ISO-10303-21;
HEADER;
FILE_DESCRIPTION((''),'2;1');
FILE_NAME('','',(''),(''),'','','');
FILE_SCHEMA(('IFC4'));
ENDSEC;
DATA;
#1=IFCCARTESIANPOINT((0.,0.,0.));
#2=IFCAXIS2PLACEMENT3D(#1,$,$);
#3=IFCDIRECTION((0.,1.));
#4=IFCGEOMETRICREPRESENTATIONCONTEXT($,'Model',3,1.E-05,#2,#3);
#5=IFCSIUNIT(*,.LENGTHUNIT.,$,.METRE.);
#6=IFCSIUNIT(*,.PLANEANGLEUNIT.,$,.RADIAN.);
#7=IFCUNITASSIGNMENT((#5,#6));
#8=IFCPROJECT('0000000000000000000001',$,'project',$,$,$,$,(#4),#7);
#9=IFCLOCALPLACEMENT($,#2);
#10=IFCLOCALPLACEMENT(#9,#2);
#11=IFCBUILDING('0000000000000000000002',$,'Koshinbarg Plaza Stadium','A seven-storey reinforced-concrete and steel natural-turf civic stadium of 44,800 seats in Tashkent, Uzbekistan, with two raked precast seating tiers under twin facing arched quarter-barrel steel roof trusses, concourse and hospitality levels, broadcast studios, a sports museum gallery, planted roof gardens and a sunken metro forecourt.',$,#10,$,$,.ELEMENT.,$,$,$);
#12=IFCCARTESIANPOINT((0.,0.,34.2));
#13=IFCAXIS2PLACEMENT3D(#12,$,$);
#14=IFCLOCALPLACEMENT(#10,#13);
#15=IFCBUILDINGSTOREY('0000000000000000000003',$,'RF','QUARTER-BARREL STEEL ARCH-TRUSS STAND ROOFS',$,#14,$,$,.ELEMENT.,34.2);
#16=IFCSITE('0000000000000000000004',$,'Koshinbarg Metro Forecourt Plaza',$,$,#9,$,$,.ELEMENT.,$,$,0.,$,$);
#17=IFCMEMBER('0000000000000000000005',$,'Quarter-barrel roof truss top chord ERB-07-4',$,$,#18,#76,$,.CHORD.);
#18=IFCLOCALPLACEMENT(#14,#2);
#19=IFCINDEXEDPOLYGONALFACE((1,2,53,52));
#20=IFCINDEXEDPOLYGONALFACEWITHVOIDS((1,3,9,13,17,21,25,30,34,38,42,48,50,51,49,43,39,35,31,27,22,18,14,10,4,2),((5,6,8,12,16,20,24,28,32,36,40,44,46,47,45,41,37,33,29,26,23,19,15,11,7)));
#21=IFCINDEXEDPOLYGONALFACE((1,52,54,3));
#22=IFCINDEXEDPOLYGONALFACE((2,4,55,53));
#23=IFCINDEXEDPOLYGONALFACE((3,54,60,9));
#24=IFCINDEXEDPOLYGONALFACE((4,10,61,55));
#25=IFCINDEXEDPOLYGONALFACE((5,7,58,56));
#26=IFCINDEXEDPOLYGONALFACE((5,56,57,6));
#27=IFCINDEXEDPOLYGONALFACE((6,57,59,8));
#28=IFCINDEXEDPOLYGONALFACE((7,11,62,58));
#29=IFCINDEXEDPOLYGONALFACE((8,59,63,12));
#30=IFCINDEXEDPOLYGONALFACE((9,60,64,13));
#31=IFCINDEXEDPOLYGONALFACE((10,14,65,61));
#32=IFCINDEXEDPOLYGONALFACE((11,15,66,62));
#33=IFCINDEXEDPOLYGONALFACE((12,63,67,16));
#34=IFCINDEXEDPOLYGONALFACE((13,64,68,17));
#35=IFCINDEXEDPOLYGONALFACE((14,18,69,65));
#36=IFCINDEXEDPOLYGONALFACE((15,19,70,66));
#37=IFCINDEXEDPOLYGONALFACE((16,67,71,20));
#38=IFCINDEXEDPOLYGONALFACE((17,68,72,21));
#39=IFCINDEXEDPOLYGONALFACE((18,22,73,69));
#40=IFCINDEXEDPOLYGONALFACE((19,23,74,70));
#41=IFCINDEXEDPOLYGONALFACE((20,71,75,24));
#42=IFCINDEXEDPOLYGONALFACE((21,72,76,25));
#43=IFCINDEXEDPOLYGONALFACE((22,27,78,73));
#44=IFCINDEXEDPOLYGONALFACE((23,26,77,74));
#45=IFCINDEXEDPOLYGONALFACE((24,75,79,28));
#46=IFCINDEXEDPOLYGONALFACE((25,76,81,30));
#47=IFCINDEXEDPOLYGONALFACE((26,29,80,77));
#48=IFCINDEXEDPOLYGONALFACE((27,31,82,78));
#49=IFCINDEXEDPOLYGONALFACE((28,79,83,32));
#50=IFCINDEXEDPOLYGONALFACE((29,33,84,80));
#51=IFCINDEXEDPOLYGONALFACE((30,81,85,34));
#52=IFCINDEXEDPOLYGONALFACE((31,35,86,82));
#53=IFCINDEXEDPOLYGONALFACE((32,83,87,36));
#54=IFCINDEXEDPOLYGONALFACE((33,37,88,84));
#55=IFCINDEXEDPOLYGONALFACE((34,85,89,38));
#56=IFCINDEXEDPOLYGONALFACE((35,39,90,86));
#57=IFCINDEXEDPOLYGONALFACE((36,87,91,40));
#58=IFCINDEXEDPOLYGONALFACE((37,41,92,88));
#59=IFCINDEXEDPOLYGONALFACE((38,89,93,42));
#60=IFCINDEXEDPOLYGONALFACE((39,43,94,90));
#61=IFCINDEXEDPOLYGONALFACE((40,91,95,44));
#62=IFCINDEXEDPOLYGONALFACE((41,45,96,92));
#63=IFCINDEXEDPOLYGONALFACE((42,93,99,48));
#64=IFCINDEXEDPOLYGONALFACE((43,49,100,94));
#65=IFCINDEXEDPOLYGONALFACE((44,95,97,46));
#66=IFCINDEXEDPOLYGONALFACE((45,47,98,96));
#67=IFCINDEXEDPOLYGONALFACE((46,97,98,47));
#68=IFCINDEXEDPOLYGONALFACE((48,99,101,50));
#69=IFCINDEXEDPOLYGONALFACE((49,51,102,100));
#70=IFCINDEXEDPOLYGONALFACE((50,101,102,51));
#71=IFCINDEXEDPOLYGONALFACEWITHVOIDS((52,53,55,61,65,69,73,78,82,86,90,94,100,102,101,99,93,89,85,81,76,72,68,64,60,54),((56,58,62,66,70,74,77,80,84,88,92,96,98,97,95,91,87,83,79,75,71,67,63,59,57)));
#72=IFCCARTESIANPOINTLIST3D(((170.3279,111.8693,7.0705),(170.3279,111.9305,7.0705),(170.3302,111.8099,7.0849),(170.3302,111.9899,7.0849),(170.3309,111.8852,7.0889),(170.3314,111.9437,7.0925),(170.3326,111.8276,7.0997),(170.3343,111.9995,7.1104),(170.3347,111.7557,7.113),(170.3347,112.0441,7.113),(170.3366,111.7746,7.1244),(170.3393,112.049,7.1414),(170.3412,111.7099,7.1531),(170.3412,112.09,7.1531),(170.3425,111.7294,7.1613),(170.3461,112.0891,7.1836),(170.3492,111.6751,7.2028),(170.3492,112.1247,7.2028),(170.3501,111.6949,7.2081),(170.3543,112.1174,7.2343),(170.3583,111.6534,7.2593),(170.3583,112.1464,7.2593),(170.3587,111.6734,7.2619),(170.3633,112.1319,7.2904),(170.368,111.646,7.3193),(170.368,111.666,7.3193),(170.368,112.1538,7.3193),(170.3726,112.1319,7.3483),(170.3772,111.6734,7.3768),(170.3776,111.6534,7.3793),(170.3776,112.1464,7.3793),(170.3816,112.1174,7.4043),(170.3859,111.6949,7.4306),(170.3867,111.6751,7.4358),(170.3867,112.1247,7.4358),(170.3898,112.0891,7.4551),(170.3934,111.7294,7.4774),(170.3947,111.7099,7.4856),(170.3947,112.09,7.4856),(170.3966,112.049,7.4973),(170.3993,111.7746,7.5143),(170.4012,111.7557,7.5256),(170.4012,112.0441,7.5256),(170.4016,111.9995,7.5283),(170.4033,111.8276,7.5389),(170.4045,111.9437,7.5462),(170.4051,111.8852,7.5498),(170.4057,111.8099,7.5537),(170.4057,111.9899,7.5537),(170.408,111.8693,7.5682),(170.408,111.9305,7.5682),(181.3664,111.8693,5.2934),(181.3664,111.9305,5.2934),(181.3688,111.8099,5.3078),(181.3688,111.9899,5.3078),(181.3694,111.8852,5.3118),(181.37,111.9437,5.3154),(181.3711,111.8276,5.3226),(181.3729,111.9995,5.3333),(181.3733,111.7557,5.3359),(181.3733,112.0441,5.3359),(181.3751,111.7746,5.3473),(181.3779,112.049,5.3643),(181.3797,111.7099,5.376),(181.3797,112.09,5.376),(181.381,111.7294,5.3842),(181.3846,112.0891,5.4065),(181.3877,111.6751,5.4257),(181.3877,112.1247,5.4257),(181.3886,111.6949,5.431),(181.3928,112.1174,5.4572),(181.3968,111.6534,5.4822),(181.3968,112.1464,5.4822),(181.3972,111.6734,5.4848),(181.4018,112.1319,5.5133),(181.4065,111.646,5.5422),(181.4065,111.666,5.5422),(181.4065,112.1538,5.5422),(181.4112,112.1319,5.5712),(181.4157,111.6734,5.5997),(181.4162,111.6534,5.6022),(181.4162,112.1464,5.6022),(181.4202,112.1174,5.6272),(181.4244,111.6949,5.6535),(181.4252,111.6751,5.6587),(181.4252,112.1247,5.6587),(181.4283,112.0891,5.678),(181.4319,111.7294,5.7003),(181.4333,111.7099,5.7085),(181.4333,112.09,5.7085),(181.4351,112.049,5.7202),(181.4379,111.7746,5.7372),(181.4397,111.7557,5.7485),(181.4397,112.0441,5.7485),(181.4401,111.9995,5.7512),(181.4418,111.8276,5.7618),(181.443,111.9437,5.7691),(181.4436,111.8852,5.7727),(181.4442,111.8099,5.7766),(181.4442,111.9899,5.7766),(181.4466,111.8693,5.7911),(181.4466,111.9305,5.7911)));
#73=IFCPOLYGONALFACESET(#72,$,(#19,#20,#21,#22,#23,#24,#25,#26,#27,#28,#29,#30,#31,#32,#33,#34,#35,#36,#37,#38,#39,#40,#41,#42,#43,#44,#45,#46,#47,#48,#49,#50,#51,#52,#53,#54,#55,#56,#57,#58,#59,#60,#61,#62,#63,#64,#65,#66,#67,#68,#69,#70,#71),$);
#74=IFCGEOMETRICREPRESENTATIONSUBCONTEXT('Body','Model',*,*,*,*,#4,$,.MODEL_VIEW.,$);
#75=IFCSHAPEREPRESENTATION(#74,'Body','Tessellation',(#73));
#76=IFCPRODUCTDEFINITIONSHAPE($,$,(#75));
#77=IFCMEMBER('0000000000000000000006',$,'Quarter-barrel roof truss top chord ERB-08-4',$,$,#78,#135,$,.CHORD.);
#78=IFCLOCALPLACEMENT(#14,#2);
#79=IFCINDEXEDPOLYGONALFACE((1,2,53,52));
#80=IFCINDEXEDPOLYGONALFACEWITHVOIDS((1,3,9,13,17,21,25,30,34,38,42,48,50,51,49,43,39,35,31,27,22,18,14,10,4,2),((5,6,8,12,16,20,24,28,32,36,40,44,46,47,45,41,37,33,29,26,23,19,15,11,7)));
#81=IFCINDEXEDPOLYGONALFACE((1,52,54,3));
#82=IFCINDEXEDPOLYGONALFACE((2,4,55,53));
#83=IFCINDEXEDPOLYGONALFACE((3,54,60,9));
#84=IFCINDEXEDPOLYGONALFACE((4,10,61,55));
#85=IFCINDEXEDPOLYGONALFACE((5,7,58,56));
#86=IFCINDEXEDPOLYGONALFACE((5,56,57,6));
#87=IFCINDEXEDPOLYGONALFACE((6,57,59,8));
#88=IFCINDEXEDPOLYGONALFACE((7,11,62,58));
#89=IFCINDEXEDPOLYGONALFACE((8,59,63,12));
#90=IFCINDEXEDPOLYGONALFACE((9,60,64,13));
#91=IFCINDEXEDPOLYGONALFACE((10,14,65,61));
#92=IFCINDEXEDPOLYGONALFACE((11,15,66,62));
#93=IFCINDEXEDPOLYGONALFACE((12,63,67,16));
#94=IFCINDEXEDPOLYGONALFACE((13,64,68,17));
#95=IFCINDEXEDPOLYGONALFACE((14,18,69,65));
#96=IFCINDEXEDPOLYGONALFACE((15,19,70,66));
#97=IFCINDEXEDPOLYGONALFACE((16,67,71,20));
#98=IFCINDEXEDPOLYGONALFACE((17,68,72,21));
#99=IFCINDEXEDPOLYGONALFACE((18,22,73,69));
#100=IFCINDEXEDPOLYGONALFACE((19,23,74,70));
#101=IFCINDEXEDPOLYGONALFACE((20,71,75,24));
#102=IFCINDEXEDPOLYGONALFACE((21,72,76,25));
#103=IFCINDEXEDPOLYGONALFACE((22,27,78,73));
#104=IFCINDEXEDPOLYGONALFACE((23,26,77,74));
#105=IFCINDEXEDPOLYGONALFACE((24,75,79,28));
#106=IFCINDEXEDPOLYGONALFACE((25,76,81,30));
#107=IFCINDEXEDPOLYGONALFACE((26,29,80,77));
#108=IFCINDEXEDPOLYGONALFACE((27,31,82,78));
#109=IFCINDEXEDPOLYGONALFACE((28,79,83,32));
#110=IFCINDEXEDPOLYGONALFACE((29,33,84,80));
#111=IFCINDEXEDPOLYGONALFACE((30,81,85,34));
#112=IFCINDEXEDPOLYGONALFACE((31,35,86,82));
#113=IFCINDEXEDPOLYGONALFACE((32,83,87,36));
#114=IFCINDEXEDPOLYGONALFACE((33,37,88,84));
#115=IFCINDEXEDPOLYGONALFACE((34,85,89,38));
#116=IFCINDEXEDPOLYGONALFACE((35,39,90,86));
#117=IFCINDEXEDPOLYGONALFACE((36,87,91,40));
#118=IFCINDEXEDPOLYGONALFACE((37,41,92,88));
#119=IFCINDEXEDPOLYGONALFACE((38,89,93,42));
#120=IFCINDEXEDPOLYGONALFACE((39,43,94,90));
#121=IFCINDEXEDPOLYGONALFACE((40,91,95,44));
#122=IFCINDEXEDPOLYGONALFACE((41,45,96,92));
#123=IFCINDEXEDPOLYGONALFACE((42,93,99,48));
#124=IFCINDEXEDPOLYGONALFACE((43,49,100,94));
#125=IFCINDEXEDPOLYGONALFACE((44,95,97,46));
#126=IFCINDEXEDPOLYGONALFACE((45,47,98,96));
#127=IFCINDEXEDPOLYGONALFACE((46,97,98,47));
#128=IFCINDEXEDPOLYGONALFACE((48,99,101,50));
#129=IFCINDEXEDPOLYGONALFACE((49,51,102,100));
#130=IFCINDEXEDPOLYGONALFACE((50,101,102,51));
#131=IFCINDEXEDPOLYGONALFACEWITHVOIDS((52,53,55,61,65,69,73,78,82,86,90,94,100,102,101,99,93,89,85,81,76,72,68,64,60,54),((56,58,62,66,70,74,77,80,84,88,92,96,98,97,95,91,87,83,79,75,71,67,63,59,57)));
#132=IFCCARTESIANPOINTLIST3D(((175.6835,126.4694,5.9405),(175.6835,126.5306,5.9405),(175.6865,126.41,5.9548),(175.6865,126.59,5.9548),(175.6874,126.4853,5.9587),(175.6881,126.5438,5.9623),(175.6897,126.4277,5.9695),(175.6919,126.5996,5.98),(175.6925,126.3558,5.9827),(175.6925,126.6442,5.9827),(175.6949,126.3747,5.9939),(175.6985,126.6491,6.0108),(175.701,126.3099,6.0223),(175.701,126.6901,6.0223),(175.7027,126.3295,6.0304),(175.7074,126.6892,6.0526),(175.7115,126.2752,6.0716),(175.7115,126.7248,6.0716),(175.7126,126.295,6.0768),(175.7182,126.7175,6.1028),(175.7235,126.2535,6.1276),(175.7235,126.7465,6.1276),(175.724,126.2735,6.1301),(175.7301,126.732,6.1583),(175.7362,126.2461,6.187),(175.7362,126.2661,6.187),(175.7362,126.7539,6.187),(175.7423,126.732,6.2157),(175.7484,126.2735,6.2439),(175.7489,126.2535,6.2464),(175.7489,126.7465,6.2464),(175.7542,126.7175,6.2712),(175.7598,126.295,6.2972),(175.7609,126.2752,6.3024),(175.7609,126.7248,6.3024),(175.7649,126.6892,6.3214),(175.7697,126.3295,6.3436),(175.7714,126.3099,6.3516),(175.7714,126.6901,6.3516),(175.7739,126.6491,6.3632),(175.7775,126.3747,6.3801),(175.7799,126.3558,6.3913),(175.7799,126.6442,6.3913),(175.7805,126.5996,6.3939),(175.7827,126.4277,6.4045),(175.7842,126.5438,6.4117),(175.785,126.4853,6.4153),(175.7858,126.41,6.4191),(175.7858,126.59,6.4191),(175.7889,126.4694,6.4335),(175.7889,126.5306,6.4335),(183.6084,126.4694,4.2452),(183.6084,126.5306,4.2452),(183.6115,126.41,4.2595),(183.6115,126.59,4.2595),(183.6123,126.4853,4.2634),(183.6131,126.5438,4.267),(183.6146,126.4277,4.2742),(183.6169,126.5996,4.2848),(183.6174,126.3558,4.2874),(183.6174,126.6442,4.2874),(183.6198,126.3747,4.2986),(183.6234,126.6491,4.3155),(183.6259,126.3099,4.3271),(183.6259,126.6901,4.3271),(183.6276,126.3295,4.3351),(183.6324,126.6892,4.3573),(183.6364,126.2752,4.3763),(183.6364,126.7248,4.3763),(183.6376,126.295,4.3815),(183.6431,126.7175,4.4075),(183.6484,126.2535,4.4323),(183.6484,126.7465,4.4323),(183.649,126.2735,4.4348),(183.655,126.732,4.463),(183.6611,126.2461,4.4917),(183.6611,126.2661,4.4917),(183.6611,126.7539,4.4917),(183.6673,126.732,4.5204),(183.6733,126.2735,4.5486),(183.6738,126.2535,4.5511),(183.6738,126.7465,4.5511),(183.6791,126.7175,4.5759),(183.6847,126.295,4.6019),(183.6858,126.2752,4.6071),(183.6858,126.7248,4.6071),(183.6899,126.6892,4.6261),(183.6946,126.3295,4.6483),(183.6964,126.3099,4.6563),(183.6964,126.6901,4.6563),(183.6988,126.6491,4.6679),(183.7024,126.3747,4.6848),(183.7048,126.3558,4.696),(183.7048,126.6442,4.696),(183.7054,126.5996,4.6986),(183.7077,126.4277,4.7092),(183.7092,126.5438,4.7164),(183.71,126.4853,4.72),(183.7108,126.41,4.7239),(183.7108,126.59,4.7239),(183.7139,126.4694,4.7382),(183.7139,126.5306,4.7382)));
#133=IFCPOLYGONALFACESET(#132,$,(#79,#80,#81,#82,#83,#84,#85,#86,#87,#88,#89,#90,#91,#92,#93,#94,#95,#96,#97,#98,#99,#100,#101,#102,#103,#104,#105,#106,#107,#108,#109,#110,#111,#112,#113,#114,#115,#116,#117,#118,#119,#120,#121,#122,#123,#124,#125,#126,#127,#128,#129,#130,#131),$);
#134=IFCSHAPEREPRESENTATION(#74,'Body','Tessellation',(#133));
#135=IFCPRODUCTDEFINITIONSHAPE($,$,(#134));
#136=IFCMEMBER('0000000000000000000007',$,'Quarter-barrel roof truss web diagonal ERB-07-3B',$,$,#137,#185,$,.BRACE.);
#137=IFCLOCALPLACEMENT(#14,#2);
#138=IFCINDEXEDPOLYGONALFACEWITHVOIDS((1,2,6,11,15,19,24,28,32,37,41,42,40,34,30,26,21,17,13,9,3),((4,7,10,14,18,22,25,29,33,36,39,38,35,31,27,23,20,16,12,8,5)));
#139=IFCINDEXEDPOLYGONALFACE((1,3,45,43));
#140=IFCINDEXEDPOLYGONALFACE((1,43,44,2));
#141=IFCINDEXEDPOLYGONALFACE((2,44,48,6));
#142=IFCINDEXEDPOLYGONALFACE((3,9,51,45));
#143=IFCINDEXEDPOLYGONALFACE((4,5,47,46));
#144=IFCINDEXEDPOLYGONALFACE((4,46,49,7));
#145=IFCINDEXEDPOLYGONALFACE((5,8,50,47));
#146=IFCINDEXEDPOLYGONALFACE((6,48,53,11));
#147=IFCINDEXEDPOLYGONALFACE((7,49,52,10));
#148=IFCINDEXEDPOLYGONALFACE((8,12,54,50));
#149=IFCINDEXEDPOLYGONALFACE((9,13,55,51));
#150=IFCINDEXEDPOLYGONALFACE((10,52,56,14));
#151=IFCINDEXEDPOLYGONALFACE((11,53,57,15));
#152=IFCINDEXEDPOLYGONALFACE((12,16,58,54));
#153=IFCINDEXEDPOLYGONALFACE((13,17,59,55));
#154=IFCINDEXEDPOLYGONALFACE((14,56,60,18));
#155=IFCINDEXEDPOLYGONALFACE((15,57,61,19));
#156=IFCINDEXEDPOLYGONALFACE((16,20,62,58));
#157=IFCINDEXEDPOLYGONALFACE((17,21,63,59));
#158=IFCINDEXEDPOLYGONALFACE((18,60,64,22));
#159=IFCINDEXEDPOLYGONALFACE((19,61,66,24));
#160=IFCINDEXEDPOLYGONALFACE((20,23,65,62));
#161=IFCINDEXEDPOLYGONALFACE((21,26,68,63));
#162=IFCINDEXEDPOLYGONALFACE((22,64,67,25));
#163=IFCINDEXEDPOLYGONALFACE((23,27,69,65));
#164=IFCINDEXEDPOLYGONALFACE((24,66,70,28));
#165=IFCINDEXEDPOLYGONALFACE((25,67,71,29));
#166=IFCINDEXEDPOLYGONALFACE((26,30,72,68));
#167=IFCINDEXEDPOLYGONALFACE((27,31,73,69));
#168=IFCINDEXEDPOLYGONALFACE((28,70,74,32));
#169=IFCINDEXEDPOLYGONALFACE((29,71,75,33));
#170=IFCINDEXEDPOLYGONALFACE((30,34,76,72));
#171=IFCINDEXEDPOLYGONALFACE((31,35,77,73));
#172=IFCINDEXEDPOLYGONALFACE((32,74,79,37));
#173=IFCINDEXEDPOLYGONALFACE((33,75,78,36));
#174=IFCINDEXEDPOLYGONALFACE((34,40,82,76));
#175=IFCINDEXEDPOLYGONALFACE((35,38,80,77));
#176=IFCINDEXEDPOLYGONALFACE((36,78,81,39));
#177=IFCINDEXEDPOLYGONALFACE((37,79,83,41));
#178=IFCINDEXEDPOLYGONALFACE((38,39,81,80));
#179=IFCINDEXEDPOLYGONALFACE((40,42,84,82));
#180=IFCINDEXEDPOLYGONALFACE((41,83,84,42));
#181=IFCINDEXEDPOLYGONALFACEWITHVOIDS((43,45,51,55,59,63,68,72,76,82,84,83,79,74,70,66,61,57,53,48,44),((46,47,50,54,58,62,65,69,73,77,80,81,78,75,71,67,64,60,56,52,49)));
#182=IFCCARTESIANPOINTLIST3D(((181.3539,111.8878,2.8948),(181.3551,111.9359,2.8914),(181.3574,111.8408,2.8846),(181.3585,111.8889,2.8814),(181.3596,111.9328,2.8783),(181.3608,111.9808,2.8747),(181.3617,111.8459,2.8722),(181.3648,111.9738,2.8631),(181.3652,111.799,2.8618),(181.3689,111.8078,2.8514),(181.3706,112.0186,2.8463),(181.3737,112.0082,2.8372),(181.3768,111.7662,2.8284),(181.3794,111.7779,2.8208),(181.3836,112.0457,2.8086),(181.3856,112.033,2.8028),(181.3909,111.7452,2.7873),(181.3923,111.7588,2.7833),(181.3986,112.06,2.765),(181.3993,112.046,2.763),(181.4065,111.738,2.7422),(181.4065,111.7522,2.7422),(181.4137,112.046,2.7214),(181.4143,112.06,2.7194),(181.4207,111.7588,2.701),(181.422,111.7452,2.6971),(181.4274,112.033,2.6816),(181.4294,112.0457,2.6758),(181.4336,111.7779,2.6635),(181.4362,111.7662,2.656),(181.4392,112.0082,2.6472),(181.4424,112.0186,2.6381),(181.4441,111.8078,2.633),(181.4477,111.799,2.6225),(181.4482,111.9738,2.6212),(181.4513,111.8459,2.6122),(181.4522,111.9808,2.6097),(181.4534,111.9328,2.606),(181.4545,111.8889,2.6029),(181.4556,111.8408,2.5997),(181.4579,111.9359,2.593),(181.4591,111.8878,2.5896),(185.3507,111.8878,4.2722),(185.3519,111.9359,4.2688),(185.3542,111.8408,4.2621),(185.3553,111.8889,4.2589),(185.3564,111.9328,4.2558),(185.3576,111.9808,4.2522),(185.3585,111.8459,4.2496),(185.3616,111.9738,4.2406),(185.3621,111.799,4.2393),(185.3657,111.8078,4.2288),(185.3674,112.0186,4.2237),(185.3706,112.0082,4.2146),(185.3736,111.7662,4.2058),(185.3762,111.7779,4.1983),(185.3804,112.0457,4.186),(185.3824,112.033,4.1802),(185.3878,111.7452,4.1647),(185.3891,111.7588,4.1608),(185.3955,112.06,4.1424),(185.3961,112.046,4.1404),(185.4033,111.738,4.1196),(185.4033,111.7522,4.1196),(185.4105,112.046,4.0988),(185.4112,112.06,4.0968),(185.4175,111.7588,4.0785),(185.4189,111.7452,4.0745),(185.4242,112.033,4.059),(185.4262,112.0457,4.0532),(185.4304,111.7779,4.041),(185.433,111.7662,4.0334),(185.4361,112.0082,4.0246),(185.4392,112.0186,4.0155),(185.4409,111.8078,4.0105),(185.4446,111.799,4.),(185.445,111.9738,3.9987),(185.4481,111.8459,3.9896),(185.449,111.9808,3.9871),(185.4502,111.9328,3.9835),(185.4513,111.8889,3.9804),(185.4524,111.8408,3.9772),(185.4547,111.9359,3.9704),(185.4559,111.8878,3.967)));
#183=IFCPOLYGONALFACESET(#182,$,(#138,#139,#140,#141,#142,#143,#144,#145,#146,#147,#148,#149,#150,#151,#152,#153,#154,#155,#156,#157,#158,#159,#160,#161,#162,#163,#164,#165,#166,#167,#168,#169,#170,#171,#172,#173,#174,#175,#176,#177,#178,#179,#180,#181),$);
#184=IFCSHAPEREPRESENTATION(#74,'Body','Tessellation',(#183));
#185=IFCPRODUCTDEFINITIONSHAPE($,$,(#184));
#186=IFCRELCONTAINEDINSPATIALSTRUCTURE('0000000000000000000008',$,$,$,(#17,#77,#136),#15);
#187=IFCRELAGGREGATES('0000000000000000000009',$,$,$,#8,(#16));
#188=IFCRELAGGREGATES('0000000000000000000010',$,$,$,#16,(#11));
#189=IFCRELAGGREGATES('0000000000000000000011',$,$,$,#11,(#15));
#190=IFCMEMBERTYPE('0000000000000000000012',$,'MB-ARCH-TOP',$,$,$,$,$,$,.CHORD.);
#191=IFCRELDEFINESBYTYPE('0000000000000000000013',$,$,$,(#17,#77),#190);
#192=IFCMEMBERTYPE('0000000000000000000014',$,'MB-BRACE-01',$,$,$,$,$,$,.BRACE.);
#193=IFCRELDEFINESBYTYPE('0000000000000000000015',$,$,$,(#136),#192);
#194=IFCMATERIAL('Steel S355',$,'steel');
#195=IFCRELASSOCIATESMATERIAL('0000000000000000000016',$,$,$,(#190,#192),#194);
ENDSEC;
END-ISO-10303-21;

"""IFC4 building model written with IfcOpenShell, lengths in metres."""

from ifc_helpers import new_model, si_unit, direction, frame, origin, origin_2d, place, context, subcontext, project, spatial, hollow_circle, extrude, material, material_profile, profile_set, type_object, element, save


model = new_model("IFC4")

# Units and contexts
model_context = context("Model", 3, precision=1e-05, world=origin(), true_north=direction((0.0, 1.0)))
body_context = subcontext(model_context, "Body", "Model", "MODEL_VIEW")
ifc_project = project(units=[si_unit("LENGTHUNIT", "METRE"), si_unit("PLANEANGLEUNIT", "RADIAN")], contexts=[model_context])

# Site, building, storey
site_placement = place(None, origin())
site = spatial("IfcSite", under=ifc_project, at=site_placement, Name="Koshinbarg Metro Forecourt Plaza", CompositionType="ELEMENT", RefElevation=0.0)
building_placement = place(site_placement, origin())
building = spatial("IfcBuilding", under=site, at=building_placement, Name="Koshinbarg Plaza Stadium", Description="A seven-storey reinforced-concrete and steel natural-turf civic stadium of 44,800 seats in Tashkent, Uzbekistan, with two raked precast seating tiers under twin facing arched quarter-barrel steel roof trusses, concourse and hospitality levels, broadcast studios, a sports museum gallery, planted roof gardens and a sunken metro forecourt.", CompositionType="ELEMENT")
storey_placement = place(building_placement, frame((0.0, 0.0, 34.2)))
storey = spatial("IfcBuildingStorey", under=building, at=storey_placement, Name="RF", Description="QUARTER-BARREL STEEL ARCH-TRUSS STAND ROOFS", CompositionType="ELEMENT", Elevation=34.2)

# Members
ifc_material_1 = material(Name="Steel S355", Category="steel")
ifc_material_profile_1 = material_profile(ifc_material_1, hollow_circle(Radius=0.2539, WallThickness=0.02, at=origin_2d()), Name="CHS 508x20")
ifc_profile_set_1 = profile_set([ifc_material_profile_1], Name="Steel S355")
member_type_1 = type_object("IfcMemberType", Name="MB-ARCH-TOP", PredefinedType="CHORD", material=ifc_profile_set_1)
member_1_placement = place(storey_placement, frame((181.4065, 111.8999, 5.5422), z_axis=(-0.987288, 0.0, 0.158943), x_axis=(0.0, -1.0, 0.0)))
element("IfcMember", 1, at=member_1_placement, inside=storey, type_object=member_type_1, Name="Quarter-barrel roof truss top chord ERB-07-4", PredefinedType="CHORD", context=body_context, shape_type="SweptSolid", body=[
    extrude(hollow_circle(Radius=0.2539, WallThickness=0.02, at=origin_2d()), origin(), (0.0, 0.0, 1.0), 11.1807),
])
member_2_placement = place(storey_placement, frame((183.6611, 126.5, 4.4917), z_axis=(-0.977876, 0.0, 0.209186), x_axis=(0.0, -1.0, 0.0)))
element("IfcMember", 2, at=member_2_placement, inside=storey, type_object=member_type_1, Name="Quarter-barrel roof truss top chord ERB-08-4", PredefinedType="CHORD", context=body_context, shape_type="SweptSolid", body=[
    extrude(hollow_circle(Radius=0.2539, WallThickness=0.02, at=origin_2d()), origin(), (0.0, 0.0, 1.0), 8.1042),
])
ifc_material_profile_2 = material_profile(ifc_material_1, hollow_circle(Radius=0.1619, WallThickness=0.0142, at=origin_2d()), Name="CHS 323.9x14.2")
ifc_profile_set_2 = profile_set([ifc_material_profile_2], Name="Steel S355")
member_type_2 = type_object("IfcMemberType", Name="MB-BRACE-01", PredefinedType="BRACE", material=ifc_profile_set_2)
member_3_placement = place(storey_placement, frame((185.4033, 111.8999, 4.1196), z_axis=(-0.945429, 0.0, -0.325827), x_axis=(0.0, -1.0, 0.0)))
element("IfcMember", 3, at=member_3_placement, inside=storey, type_object=member_type_2, Name="Quarter-barrel roof truss web diagonal ERB-07-3B", PredefinedType="BRACE", context=body_context, shape_type="SweptSolid", body=[
    extrude(hollow_circle(Radius=0.1619, WallThickness=0.0142, at=origin_2d()), origin(), (0.0, 0.0, 1.0), 4.2275),
])

save(model, "model.ifc")
